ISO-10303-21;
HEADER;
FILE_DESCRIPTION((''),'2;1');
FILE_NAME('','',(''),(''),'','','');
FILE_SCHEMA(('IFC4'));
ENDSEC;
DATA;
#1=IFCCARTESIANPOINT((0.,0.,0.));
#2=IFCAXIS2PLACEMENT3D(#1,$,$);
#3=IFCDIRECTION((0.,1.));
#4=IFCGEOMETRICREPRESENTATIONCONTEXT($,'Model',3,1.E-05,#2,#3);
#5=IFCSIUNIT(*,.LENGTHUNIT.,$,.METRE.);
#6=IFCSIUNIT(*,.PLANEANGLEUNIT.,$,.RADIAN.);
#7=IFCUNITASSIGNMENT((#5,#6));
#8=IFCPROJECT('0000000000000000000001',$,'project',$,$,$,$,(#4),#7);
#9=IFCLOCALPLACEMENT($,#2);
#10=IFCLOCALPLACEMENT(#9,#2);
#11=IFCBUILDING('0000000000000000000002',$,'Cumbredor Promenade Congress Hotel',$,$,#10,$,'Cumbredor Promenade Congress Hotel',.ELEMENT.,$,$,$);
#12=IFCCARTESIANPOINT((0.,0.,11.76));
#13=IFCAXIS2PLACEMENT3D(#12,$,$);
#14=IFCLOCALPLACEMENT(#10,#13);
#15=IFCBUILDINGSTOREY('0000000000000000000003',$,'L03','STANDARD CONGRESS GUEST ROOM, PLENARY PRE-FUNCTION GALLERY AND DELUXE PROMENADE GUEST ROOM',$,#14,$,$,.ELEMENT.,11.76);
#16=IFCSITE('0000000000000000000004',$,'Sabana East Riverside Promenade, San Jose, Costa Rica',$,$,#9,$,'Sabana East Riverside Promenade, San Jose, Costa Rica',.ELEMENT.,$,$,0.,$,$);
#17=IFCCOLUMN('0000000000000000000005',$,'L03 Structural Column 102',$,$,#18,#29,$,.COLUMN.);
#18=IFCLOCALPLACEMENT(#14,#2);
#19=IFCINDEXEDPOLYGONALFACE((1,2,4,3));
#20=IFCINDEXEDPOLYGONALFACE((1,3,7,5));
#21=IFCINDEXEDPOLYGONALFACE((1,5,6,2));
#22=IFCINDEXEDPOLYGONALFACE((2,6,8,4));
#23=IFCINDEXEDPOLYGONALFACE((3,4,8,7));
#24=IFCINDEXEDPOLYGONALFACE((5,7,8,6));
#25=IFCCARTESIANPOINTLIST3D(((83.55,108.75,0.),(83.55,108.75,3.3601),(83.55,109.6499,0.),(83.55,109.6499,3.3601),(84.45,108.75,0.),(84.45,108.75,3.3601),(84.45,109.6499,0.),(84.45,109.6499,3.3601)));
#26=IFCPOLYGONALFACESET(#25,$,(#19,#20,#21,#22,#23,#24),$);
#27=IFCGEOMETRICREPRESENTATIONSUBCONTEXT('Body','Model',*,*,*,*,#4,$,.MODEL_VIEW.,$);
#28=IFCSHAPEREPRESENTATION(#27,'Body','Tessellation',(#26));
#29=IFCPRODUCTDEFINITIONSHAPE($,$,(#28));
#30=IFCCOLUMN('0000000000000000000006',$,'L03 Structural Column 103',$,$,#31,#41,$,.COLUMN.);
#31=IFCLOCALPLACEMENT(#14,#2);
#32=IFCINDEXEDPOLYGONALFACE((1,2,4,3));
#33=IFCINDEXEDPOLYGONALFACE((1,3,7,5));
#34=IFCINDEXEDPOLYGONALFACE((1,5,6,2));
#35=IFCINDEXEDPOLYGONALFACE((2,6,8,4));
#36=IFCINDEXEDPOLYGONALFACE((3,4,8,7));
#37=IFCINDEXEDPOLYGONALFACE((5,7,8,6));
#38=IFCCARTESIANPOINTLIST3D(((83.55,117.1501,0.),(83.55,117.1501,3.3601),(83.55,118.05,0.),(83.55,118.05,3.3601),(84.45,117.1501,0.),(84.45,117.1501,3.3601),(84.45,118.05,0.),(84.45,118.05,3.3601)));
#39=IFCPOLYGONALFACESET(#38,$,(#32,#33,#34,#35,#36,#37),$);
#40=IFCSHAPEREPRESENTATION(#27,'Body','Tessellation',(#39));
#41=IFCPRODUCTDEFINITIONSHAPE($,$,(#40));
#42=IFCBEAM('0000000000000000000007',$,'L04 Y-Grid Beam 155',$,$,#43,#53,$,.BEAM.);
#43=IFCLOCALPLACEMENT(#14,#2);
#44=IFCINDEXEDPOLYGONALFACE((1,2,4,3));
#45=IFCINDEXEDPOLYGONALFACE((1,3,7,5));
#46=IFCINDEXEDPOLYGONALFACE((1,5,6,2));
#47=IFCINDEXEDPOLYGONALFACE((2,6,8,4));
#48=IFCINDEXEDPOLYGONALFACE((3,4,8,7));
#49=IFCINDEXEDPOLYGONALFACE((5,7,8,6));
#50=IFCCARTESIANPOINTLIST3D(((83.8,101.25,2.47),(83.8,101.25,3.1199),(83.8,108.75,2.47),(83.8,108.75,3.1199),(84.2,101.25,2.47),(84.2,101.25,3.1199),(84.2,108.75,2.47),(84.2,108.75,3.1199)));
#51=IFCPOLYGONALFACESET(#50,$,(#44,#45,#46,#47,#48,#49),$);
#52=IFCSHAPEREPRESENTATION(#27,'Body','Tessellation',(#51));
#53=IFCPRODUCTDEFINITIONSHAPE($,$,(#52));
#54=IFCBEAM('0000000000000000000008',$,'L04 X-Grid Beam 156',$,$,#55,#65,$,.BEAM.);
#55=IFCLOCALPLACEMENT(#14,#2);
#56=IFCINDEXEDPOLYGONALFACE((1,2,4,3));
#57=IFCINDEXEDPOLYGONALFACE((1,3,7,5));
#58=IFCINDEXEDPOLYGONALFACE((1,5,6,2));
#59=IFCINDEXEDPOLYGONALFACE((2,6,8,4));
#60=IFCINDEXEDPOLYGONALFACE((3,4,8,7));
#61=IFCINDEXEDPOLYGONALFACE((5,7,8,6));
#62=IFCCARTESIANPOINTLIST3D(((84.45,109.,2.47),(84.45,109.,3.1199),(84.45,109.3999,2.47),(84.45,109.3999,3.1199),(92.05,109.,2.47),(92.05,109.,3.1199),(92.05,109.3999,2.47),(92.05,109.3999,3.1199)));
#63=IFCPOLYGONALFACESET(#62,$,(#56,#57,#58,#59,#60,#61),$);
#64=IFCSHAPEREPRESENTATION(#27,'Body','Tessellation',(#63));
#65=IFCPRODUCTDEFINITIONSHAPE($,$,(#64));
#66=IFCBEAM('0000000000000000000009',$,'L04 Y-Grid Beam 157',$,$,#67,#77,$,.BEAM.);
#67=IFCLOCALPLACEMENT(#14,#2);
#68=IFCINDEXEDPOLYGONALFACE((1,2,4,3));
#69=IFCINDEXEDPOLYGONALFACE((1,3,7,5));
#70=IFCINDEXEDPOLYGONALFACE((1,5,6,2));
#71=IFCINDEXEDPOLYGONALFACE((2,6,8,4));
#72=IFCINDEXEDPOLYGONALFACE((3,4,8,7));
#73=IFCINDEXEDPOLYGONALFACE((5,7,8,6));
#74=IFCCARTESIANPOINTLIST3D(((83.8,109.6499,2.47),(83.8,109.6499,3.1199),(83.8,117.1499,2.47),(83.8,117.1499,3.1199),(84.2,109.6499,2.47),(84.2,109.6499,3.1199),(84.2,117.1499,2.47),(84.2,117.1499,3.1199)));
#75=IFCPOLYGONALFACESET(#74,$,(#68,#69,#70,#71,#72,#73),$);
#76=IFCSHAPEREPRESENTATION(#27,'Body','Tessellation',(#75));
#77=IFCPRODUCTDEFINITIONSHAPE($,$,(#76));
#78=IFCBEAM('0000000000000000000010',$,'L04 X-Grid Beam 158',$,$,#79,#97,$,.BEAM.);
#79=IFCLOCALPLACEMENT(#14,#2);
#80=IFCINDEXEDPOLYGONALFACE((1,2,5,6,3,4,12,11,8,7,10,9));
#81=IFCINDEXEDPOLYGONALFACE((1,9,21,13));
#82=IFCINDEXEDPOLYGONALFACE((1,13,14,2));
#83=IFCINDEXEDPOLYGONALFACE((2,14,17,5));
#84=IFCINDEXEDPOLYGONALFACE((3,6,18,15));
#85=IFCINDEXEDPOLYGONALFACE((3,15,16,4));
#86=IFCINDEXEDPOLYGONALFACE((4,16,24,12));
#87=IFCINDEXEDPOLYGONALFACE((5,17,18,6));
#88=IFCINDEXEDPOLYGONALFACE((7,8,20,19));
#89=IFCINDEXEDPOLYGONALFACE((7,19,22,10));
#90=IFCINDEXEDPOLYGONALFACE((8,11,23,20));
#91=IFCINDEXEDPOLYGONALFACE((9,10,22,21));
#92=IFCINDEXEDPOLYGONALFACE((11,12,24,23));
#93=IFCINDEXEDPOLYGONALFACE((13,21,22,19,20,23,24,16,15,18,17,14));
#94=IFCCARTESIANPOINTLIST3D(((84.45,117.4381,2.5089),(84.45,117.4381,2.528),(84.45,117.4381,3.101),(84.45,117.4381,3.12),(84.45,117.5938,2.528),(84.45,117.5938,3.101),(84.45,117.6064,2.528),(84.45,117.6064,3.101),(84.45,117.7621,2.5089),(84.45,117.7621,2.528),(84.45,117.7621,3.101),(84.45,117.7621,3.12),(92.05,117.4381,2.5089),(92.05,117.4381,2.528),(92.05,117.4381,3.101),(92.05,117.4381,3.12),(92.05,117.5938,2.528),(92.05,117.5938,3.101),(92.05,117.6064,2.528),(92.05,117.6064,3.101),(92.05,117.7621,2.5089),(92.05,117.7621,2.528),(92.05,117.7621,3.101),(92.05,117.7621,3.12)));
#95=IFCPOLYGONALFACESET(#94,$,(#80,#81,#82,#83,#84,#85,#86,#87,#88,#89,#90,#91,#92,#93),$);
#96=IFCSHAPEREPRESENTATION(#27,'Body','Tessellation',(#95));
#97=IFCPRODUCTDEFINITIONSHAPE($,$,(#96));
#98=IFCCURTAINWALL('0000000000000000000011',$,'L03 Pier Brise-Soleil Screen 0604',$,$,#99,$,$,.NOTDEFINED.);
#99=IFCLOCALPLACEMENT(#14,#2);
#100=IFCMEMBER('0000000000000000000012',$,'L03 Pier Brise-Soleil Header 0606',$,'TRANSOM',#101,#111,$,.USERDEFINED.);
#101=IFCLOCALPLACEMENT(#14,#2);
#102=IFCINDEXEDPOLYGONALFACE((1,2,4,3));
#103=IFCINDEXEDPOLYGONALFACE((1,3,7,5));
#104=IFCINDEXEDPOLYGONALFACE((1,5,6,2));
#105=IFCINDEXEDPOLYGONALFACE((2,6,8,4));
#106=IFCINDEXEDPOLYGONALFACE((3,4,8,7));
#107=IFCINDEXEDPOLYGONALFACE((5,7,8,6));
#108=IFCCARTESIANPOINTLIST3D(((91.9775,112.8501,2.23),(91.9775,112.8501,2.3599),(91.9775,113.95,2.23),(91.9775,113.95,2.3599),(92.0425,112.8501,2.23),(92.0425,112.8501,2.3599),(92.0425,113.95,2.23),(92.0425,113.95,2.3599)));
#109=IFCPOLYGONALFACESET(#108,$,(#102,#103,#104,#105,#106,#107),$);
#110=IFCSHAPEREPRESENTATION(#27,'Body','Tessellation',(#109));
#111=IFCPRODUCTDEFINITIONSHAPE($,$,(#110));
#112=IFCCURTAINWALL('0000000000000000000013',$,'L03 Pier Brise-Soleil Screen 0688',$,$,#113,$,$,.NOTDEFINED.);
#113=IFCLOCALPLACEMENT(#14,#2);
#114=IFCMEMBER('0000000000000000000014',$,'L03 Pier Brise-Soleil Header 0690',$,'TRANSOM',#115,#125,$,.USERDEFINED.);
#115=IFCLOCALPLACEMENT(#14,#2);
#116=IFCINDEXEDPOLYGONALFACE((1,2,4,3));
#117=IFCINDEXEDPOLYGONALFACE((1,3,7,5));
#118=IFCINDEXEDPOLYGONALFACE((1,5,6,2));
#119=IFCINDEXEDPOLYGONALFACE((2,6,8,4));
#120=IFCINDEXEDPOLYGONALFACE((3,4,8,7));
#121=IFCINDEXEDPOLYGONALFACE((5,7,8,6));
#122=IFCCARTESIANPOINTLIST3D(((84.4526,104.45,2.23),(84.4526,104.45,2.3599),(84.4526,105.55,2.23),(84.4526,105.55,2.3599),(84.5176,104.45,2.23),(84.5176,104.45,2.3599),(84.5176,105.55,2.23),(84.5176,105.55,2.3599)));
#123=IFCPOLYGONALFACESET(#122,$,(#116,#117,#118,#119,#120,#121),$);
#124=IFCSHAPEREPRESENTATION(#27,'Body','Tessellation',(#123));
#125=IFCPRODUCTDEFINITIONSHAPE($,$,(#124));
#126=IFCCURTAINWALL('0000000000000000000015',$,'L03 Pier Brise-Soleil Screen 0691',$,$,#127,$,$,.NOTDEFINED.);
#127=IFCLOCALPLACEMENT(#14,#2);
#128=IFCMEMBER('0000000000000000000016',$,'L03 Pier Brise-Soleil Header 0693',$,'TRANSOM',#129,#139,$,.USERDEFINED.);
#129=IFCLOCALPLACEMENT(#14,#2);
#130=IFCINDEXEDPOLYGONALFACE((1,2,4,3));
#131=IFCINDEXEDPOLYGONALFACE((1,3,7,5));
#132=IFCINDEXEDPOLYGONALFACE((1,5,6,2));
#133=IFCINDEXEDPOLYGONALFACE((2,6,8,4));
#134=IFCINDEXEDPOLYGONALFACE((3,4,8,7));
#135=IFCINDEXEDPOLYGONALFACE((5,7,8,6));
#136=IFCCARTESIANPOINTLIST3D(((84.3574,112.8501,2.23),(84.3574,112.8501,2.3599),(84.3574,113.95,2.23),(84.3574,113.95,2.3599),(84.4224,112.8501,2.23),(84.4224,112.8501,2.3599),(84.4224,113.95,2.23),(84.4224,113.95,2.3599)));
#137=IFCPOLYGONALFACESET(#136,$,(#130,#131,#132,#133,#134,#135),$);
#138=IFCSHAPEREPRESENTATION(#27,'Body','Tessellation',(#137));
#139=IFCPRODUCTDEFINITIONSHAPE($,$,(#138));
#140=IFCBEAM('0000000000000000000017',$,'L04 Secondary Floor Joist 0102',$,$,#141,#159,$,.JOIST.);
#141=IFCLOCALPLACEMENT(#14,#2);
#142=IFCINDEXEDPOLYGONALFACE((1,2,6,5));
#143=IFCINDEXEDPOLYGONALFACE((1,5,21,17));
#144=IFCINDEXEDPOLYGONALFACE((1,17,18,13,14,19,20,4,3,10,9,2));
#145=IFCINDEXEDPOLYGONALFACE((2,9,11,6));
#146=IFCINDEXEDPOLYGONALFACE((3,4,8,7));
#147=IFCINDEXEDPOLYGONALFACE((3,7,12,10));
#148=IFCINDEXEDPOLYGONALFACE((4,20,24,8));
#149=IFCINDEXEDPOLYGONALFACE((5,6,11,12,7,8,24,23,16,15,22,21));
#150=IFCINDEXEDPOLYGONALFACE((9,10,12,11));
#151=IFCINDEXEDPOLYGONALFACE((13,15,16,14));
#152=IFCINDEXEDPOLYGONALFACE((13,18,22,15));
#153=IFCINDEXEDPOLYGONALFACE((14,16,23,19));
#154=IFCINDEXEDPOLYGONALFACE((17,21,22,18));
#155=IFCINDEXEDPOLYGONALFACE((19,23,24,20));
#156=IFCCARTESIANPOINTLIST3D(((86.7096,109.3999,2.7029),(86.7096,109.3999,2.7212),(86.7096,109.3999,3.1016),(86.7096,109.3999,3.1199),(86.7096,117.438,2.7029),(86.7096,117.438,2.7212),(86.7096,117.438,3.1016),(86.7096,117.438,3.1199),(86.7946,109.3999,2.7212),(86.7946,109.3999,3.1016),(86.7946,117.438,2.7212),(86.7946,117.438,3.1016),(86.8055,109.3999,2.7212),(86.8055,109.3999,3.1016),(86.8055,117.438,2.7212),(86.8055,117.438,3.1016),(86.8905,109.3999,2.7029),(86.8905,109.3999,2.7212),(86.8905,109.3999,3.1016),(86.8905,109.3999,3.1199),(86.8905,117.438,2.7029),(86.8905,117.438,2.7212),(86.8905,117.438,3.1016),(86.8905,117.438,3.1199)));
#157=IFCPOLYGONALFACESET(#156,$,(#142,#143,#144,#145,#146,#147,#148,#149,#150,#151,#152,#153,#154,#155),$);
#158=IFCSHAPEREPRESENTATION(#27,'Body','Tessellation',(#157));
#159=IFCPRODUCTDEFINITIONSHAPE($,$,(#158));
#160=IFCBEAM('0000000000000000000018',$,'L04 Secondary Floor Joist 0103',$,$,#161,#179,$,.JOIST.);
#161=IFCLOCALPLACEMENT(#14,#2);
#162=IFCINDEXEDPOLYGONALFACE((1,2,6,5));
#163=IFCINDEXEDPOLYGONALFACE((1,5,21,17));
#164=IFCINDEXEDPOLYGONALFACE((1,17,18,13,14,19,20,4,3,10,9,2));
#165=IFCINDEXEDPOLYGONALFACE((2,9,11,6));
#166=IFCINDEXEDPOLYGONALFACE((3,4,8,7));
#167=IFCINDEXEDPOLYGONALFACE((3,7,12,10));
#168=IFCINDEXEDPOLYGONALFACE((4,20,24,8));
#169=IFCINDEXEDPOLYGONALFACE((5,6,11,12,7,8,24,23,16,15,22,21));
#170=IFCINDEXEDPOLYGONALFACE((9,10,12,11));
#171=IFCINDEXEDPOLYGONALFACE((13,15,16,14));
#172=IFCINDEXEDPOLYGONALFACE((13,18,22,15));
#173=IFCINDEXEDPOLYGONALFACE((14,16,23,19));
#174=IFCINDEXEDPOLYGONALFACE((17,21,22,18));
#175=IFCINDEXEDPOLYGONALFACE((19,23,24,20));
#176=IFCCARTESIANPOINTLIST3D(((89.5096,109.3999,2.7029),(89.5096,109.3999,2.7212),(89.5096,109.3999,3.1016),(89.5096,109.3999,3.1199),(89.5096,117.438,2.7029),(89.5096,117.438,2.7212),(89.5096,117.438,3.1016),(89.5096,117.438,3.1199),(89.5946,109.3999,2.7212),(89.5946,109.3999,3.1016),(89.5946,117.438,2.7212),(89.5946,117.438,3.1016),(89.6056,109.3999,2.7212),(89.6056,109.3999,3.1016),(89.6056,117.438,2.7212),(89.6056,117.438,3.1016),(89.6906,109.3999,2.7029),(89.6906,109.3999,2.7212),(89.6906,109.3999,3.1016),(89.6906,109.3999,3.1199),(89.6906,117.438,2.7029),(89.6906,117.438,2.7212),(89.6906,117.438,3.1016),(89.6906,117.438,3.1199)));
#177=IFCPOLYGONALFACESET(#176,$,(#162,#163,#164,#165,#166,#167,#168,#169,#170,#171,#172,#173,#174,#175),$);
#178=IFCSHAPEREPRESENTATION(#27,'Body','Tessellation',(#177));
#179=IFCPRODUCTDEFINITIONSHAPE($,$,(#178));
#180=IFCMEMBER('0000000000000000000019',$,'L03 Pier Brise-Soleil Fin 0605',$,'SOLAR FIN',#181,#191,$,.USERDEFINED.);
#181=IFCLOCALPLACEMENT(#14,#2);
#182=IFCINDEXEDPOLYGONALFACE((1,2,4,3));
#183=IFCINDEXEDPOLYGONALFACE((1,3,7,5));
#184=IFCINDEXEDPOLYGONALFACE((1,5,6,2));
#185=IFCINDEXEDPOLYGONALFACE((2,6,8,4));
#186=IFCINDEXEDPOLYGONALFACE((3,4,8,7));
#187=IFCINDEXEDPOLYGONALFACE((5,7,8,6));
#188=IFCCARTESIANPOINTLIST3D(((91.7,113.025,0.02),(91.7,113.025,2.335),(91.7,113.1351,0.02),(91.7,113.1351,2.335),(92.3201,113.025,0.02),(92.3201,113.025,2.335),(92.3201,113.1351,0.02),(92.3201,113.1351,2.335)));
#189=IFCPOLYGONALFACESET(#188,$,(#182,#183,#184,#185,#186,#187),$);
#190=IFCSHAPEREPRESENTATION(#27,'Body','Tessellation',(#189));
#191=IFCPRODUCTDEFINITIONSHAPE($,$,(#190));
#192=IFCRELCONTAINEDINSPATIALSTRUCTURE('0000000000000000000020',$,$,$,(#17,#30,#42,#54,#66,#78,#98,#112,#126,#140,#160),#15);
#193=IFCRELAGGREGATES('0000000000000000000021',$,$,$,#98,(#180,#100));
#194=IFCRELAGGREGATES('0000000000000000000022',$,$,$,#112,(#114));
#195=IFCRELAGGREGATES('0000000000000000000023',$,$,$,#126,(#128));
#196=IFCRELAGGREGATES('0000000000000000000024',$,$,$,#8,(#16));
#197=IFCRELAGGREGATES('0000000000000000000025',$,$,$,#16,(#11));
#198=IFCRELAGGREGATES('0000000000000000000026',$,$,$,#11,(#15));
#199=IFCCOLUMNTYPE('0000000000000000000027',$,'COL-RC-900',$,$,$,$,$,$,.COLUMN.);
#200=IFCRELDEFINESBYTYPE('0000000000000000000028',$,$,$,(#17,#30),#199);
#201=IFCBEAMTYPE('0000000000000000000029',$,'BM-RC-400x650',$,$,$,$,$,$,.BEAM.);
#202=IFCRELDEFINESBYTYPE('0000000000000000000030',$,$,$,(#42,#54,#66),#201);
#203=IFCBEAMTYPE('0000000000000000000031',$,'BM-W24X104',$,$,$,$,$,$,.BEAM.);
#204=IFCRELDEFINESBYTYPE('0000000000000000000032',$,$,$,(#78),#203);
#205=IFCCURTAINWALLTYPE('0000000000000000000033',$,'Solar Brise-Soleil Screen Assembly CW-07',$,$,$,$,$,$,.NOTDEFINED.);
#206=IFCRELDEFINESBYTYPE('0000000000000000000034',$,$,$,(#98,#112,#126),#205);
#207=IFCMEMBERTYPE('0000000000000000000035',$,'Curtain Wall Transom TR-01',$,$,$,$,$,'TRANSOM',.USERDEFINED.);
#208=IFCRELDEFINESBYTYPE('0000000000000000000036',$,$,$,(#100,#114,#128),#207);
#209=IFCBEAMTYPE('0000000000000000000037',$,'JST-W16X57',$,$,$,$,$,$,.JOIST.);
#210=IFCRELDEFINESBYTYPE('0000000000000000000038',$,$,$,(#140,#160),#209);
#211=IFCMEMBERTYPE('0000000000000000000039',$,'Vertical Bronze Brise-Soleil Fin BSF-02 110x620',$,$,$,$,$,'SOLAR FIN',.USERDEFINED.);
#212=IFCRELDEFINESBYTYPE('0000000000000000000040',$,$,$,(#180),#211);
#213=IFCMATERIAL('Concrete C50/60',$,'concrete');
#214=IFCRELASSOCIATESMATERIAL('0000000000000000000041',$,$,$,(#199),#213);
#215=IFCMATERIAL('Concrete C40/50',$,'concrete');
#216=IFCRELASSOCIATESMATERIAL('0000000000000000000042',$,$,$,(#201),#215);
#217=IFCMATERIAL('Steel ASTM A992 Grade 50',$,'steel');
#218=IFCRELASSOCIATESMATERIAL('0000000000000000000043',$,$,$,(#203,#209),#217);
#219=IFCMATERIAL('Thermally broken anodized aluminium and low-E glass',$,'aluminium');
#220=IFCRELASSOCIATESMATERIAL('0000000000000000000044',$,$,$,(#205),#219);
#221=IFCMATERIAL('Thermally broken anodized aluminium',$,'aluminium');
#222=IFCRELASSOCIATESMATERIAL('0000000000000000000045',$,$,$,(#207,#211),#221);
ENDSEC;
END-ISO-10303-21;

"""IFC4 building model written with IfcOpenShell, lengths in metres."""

from ifc_helpers import new_model, si_unit, direction, frame, origin, origin_2d, place, context, subcontext, project, spatial, rectangle, i_section, extrude, material, material_profile, profile_set, type_object, element, aggregate, save


model = new_model("IFC4")

# Units and contexts
model_context = context("Model", 3, precision=1e-05, world=origin(), true_north=direction((0.0, 1.0)))
body_context = subcontext(model_context, "Body", "Model", "MODEL_VIEW")
ifc_project = project(units=[si_unit("LENGTHUNIT", "METRE"), si_unit("PLANEANGLEUNIT", "RADIAN")], contexts=[model_context])

# Site, building, storey
site_placement = place(None, origin())
site = spatial("IfcSite", under=ifc_project, at=site_placement, Name="Sabana East Riverside Promenade, San Jose, Costa Rica", LongName="Sabana East Riverside Promenade, San Jose, Costa Rica", CompositionType="ELEMENT", RefElevation=0.0)
building_placement = place(site_placement, origin())
building = spatial("IfcBuilding", under=site, at=building_placement, Name="Cumbredor Promenade Congress Hotel", LongName="Cumbredor Promenade Congress Hotel", CompositionType="ELEMENT")
storey_placement = place(building_placement, frame((0.0, 0.0, 11.76)))
storey = spatial("IfcBuildingStorey", under=building, at=storey_placement, Name="L03", Description="STANDARD CONGRESS GUEST ROOM, PLENARY PRE-FUNCTION GALLERY AND DELUXE PROMENADE GUEST ROOM", CompositionType="ELEMENT", Elevation=11.76)

# Columns
ifc_material_1 = material(Name="Concrete C50/60", Category="concrete")
ifc_material_profile_1 = material_profile(ifc_material_1, rectangle(XDim=0.8999, YDim=0.8999, at=origin_2d()), Name="RC 900x900")
ifc_profile_set_1 = profile_set([ifc_material_profile_1], Name="Concrete C50/60")
column_type = type_object("IfcColumnType", Name="COL-RC-900", PredefinedType="COLUMN", material=ifc_profile_set_1)
for number, where, z_axis, x_axis, name in (
    (1, (84.0, 109.2, 0.0), (0.0, 0.0, 1.0), (1.0, 0.0, 0.0), "L03 Structural Column 102"),
    (2, (84.0, 117.6001, 0.0), (0.0, 0.0, 1.0), (1.0, 0.0, 0.0), "L03 Structural Column 103"),
):
    element("IfcColumn", number, at=place(storey_placement, frame(where, z_axis=z_axis, x_axis=x_axis)), inside=storey, type_object=column_type, Name=name, PredefinedType="COLUMN", context=body_context, shape_type="SweptSolid", body=[
        extrude(rectangle(XDim=0.8999, YDim=0.8999, at=origin_2d()), origin(), (0.0, 0.0, 1.0), 3.3601),
    ])

# Beams
ifc_material_2 = material(Name="Concrete C40/50", Category="concrete")
ifc_material_profile_2 = material_profile(ifc_material_2, rectangle(XDim=0.3999, YDim=0.6499, at=origin_2d()), Name="RC BEAM 400x650")
ifc_profile_set_2 = profile_set([ifc_material_profile_2], Name="Concrete C40/50")
beam_type_1 = type_object("IfcBeamType", Name="BM-RC-400x650", PredefinedType="BEAM", material=ifc_profile_set_2)
beam_1_placement = place(storey_placement, frame((84.0, 101.25, 2.7949), z_axis=(0.0, 1.0, 0.0), x_axis=(-1.0, 0.0, 0.0)))
element("IfcBeam", 3, at=beam_1_placement, inside=storey, type_object=beam_type_1, Name="L04 Y-Grid Beam 155", PredefinedType="BEAM", context=body_context, shape_type="SweptSolid", body=[
    extrude(rectangle(XDim=0.3999, YDim=0.6499, at=origin_2d()), origin(), (0.0, 0.0, 1.0), 7.5),
])
beam_2_placement = place(storey_placement, frame((84.45, 109.2, 2.7949), z_axis=(1.0, 0.0, 0.0), x_axis=(0.0, 1.0, 0.0)))
element("IfcBeam", 4, at=beam_2_placement, inside=storey, type_object=beam_type_1, Name="L04 X-Grid Beam 156", PredefinedType="BEAM", context=body_context, shape_type="SweptSolid", body=[
    extrude(rectangle(XDim=0.3999, YDim=0.6499, at=origin_2d()), origin(), (0.0, 0.0, 1.0), 7.6001),
])
beam_3_placement = place(storey_placement, frame((84.0, 109.6499, 2.7949), z_axis=(0.0, 1.0, 0.0), x_axis=(-1.0, 0.0, 0.0)))
element("IfcBeam", 5, at=beam_3_placement, inside=storey, type_object=beam_type_1, Name="L04 Y-Grid Beam 157", PredefinedType="BEAM", context=body_context, shape_type="SweptSolid", body=[
    extrude(rectangle(XDim=0.3999, YDim=0.6499, at=origin_2d()), origin(), (0.0, 0.0, 1.0), 7.5),
])
ifc_material_3 = material(Name="Steel ASTM A992 Grade 50", Category="steel")
ifc_material_profile_3 = material_profile(ifc_material_3, i_section(OverallWidth=0.324, OverallDepth=0.6111, WebThickness=0.0127, FlangeThickness=0.019, at=origin_2d()), Name="W24X104")
ifc_profile_set_3 = profile_set([ifc_material_profile_3], Name="Steel ASTM A992 Grade 50")
beam_type_2 = type_object("IfcBeamType", Name="BM-W24X104", PredefinedType="BEAM", material=ifc_profile_set_3)
beam_4_placement = place(storey_placement, frame((84.45, 117.6001, 2.8145), z_axis=(1.0, 0.0, 0.0), x_axis=(0.0, 1.0, 0.0)))
element("IfcBeam", 6, at=beam_4_placement, inside=storey, type_object=beam_type_2, Name="L04 X-Grid Beam 158", PredefinedType="BEAM", context=body_context, shape_type="SweptSolid", body=[
    extrude(i_section(OverallWidth=0.324, OverallDepth=0.6111, WebThickness=0.0127, FlangeThickness=0.019, at=origin_2d()), origin(), (0.0, 0.0, 1.0), 7.6001),
])

# Curtain walls, members
ifc_material_4 = material(Name="Thermally broken anodized aluminium and low-E glass", Category="aluminium")
curtain_wall_type = type_object("IfcCurtainWallType", Name="Solar Brise-Soleil Screen Assembly CW-07", PredefinedType="NOTDEFINED", material=ifc_material_4)
curtain_wall_1_placement = place(storey_placement, origin())
curtain_wall_1 = element("IfcCurtainWall", 7, at=curtain_wall_1_placement, inside=storey, type_object=curtain_wall_type, Name="L03 Pier Brise-Soleil Screen 0604", PredefinedType="NOTDEFINED")
ifc_material_5 = material(Name="Thermally broken anodized aluminium", Category="aluminium")
ifc_material_profile_4 = material_profile(ifc_material_5, rectangle(XDim=0.0649, YDim=0.1299, at=origin_2d()), Name="ALU TRANSOM 65x130")
ifc_profile_set_4 = profile_set([ifc_material_profile_4], Name="Thermally broken anodized aluminium")
member_type_1 = type_object("IfcMemberType", Name="Curtain Wall Transom TR-01", ElementType="TRANSOM", PredefinedType="USERDEFINED", material=ifc_profile_set_4)
member_1_placement = place(storey_placement, frame((92.01, 112.8501, 2.2949), z_axis=(0.0, 1.0, 0.0), x_axis=(-1.0, 0.0, 0.0)))
member_1 = element("IfcMember", 8, at=member_1_placement, type_object=member_type_1, Name="L03 Pier Brise-Soleil Header 0606", ObjectType="TRANSOM", PredefinedType="USERDEFINED", context=body_context, shape_type="SweptSolid", body=[
    extrude(rectangle(XDim=0.0649, YDim=0.1299, at=origin_2d()), origin(), (0.0, 0.0, 1.0), 1.0999),
])
curtain_wall_2_placement = place(storey_placement, origin())
curtain_wall_2 = element("IfcCurtainWall", 9, at=curtain_wall_2_placement, inside=storey, type_object=curtain_wall_type, Name="L03 Pier Brise-Soleil Screen 0688", PredefinedType="NOTDEFINED")
member_2_placement = place(storey_placement, frame((84.4851, 104.45, 2.2949), z_axis=(0.0, 1.0, 0.0), x_axis=(-1.0, 0.0, 0.0)))
member_2 = element("IfcMember", 10, at=member_2_placement, type_object=member_type_1, Name="L03 Pier Brise-Soleil Header 0690", ObjectType="TRANSOM", PredefinedType="USERDEFINED", context=body_context, shape_type="SweptSolid", body=[
    extrude(rectangle(XDim=0.0649, YDim=0.1299, at=origin_2d()), origin(), (0.0, 0.0, 1.0), 1.1001),
])
curtain_wall_3_placement = place(storey_placement, origin())
curtain_wall_3 = element("IfcCurtainWall", 11, at=curtain_wall_3_placement, inside=storey, type_object=curtain_wall_type, Name="L03 Pier Brise-Soleil Screen 0691", PredefinedType="NOTDEFINED")
member_3_placement = place(storey_placement, frame((84.3899, 112.8501, 2.2949), z_axis=(0.0, 1.0, 0.0), x_axis=(-1.0, 0.0, 0.0)))
member_3 = element("IfcMember", 12, at=member_3_placement, type_object=member_type_1, Name="L03 Pier Brise-Soleil Header 0693", ObjectType="TRANSOM", PredefinedType="USERDEFINED", context=body_context, shape_type="SweptSolid", body=[
    extrude(rectangle(XDim=0.0649, YDim=0.1299, at=origin_2d()), origin(), (0.0, 0.0, 1.0), 1.0999),
])

# Beams
ifc_material_profile_5 = material_profile(ifc_material_3, i_section(OverallWidth=0.1809, OverallDepth=0.417, WebThickness=0.011, FlangeThickness=0.0183, at=origin_2d()), Name="W16X57")
ifc_profile_set_5 = profile_set([ifc_material_profile_5], Name="Steel ASTM A992 Grade 50")
beam_type_3 = type_object("IfcBeamType", Name="JST-W16X57", PredefinedType="JOIST", material=ifc_profile_set_5)
for number, where, z_axis, x_axis, name in (
    (13, (86.8, 109.3999, 2.9114), (0.0, 1.0, 0.0), (-1.0, 0.0, 0.0), "L04 Secondary Floor Joist 0102"),
    (14, (89.6001, 109.3999, 2.9114), (0.0, 1.0, 0.0), (-1.0, 0.0, 0.0), "L04 Secondary Floor Joist 0103"),
):
    element("IfcBeam", number, at=place(storey_placement, frame(where, z_axis=z_axis, x_axis=x_axis)), inside=storey, type_object=beam_type_3, Name=name, PredefinedType="JOIST", context=body_context, shape_type="SweptSolid", body=[
        extrude(i_section(OverallWidth=0.1809, OverallDepth=0.417, WebThickness=0.011, FlangeThickness=0.0183, at=origin_2d()), origin(), (0.0, 0.0, 1.0), 8.0381),
    ])

# Member
ifc_material_profile_6 = material_profile(ifc_material_5, rectangle(XDim=0.1101, YDim=0.6201, at=origin_2d()), Name="ARCH FIN 110x620")
ifc_profile_set_6 = profile_set([ifc_material_profile_6], Name="Thermally broken anodized aluminium")
member_type_2 = type_object("IfcMemberType", Name="Vertical Bronze Brise-Soleil Fin BSF-02 110x620", ElementType="SOLAR FIN", PredefinedType="USERDEFINED", material=ifc_profile_set_6)
member_4_placement = place(storey_placement, frame((92.01, 113.0801, 0.02), z_axis=(0.0, 0.0, 1.0), x_axis=(0.0, 1.0, 0.0)))
member_4 = element("IfcMember", 15, at=member_4_placement, type_object=member_type_2, Name="L03 Pier Brise-Soleil Fin 0605", ObjectType="SOLAR FIN", PredefinedType="USERDEFINED", context=body_context, shape_type="SweptSolid", body=[
    extrude(rectangle(XDim=0.1101, YDim=0.6201, at=origin_2d()), origin(), (0.0, 0.0, 1.0), 2.3149),
])
aggregate(curtain_wall_1, [member_4, member_1])

aggregate(curtain_wall_2, [member_2])
aggregate(curtain_wall_3, [member_3])

save(model, "model.ifc")
